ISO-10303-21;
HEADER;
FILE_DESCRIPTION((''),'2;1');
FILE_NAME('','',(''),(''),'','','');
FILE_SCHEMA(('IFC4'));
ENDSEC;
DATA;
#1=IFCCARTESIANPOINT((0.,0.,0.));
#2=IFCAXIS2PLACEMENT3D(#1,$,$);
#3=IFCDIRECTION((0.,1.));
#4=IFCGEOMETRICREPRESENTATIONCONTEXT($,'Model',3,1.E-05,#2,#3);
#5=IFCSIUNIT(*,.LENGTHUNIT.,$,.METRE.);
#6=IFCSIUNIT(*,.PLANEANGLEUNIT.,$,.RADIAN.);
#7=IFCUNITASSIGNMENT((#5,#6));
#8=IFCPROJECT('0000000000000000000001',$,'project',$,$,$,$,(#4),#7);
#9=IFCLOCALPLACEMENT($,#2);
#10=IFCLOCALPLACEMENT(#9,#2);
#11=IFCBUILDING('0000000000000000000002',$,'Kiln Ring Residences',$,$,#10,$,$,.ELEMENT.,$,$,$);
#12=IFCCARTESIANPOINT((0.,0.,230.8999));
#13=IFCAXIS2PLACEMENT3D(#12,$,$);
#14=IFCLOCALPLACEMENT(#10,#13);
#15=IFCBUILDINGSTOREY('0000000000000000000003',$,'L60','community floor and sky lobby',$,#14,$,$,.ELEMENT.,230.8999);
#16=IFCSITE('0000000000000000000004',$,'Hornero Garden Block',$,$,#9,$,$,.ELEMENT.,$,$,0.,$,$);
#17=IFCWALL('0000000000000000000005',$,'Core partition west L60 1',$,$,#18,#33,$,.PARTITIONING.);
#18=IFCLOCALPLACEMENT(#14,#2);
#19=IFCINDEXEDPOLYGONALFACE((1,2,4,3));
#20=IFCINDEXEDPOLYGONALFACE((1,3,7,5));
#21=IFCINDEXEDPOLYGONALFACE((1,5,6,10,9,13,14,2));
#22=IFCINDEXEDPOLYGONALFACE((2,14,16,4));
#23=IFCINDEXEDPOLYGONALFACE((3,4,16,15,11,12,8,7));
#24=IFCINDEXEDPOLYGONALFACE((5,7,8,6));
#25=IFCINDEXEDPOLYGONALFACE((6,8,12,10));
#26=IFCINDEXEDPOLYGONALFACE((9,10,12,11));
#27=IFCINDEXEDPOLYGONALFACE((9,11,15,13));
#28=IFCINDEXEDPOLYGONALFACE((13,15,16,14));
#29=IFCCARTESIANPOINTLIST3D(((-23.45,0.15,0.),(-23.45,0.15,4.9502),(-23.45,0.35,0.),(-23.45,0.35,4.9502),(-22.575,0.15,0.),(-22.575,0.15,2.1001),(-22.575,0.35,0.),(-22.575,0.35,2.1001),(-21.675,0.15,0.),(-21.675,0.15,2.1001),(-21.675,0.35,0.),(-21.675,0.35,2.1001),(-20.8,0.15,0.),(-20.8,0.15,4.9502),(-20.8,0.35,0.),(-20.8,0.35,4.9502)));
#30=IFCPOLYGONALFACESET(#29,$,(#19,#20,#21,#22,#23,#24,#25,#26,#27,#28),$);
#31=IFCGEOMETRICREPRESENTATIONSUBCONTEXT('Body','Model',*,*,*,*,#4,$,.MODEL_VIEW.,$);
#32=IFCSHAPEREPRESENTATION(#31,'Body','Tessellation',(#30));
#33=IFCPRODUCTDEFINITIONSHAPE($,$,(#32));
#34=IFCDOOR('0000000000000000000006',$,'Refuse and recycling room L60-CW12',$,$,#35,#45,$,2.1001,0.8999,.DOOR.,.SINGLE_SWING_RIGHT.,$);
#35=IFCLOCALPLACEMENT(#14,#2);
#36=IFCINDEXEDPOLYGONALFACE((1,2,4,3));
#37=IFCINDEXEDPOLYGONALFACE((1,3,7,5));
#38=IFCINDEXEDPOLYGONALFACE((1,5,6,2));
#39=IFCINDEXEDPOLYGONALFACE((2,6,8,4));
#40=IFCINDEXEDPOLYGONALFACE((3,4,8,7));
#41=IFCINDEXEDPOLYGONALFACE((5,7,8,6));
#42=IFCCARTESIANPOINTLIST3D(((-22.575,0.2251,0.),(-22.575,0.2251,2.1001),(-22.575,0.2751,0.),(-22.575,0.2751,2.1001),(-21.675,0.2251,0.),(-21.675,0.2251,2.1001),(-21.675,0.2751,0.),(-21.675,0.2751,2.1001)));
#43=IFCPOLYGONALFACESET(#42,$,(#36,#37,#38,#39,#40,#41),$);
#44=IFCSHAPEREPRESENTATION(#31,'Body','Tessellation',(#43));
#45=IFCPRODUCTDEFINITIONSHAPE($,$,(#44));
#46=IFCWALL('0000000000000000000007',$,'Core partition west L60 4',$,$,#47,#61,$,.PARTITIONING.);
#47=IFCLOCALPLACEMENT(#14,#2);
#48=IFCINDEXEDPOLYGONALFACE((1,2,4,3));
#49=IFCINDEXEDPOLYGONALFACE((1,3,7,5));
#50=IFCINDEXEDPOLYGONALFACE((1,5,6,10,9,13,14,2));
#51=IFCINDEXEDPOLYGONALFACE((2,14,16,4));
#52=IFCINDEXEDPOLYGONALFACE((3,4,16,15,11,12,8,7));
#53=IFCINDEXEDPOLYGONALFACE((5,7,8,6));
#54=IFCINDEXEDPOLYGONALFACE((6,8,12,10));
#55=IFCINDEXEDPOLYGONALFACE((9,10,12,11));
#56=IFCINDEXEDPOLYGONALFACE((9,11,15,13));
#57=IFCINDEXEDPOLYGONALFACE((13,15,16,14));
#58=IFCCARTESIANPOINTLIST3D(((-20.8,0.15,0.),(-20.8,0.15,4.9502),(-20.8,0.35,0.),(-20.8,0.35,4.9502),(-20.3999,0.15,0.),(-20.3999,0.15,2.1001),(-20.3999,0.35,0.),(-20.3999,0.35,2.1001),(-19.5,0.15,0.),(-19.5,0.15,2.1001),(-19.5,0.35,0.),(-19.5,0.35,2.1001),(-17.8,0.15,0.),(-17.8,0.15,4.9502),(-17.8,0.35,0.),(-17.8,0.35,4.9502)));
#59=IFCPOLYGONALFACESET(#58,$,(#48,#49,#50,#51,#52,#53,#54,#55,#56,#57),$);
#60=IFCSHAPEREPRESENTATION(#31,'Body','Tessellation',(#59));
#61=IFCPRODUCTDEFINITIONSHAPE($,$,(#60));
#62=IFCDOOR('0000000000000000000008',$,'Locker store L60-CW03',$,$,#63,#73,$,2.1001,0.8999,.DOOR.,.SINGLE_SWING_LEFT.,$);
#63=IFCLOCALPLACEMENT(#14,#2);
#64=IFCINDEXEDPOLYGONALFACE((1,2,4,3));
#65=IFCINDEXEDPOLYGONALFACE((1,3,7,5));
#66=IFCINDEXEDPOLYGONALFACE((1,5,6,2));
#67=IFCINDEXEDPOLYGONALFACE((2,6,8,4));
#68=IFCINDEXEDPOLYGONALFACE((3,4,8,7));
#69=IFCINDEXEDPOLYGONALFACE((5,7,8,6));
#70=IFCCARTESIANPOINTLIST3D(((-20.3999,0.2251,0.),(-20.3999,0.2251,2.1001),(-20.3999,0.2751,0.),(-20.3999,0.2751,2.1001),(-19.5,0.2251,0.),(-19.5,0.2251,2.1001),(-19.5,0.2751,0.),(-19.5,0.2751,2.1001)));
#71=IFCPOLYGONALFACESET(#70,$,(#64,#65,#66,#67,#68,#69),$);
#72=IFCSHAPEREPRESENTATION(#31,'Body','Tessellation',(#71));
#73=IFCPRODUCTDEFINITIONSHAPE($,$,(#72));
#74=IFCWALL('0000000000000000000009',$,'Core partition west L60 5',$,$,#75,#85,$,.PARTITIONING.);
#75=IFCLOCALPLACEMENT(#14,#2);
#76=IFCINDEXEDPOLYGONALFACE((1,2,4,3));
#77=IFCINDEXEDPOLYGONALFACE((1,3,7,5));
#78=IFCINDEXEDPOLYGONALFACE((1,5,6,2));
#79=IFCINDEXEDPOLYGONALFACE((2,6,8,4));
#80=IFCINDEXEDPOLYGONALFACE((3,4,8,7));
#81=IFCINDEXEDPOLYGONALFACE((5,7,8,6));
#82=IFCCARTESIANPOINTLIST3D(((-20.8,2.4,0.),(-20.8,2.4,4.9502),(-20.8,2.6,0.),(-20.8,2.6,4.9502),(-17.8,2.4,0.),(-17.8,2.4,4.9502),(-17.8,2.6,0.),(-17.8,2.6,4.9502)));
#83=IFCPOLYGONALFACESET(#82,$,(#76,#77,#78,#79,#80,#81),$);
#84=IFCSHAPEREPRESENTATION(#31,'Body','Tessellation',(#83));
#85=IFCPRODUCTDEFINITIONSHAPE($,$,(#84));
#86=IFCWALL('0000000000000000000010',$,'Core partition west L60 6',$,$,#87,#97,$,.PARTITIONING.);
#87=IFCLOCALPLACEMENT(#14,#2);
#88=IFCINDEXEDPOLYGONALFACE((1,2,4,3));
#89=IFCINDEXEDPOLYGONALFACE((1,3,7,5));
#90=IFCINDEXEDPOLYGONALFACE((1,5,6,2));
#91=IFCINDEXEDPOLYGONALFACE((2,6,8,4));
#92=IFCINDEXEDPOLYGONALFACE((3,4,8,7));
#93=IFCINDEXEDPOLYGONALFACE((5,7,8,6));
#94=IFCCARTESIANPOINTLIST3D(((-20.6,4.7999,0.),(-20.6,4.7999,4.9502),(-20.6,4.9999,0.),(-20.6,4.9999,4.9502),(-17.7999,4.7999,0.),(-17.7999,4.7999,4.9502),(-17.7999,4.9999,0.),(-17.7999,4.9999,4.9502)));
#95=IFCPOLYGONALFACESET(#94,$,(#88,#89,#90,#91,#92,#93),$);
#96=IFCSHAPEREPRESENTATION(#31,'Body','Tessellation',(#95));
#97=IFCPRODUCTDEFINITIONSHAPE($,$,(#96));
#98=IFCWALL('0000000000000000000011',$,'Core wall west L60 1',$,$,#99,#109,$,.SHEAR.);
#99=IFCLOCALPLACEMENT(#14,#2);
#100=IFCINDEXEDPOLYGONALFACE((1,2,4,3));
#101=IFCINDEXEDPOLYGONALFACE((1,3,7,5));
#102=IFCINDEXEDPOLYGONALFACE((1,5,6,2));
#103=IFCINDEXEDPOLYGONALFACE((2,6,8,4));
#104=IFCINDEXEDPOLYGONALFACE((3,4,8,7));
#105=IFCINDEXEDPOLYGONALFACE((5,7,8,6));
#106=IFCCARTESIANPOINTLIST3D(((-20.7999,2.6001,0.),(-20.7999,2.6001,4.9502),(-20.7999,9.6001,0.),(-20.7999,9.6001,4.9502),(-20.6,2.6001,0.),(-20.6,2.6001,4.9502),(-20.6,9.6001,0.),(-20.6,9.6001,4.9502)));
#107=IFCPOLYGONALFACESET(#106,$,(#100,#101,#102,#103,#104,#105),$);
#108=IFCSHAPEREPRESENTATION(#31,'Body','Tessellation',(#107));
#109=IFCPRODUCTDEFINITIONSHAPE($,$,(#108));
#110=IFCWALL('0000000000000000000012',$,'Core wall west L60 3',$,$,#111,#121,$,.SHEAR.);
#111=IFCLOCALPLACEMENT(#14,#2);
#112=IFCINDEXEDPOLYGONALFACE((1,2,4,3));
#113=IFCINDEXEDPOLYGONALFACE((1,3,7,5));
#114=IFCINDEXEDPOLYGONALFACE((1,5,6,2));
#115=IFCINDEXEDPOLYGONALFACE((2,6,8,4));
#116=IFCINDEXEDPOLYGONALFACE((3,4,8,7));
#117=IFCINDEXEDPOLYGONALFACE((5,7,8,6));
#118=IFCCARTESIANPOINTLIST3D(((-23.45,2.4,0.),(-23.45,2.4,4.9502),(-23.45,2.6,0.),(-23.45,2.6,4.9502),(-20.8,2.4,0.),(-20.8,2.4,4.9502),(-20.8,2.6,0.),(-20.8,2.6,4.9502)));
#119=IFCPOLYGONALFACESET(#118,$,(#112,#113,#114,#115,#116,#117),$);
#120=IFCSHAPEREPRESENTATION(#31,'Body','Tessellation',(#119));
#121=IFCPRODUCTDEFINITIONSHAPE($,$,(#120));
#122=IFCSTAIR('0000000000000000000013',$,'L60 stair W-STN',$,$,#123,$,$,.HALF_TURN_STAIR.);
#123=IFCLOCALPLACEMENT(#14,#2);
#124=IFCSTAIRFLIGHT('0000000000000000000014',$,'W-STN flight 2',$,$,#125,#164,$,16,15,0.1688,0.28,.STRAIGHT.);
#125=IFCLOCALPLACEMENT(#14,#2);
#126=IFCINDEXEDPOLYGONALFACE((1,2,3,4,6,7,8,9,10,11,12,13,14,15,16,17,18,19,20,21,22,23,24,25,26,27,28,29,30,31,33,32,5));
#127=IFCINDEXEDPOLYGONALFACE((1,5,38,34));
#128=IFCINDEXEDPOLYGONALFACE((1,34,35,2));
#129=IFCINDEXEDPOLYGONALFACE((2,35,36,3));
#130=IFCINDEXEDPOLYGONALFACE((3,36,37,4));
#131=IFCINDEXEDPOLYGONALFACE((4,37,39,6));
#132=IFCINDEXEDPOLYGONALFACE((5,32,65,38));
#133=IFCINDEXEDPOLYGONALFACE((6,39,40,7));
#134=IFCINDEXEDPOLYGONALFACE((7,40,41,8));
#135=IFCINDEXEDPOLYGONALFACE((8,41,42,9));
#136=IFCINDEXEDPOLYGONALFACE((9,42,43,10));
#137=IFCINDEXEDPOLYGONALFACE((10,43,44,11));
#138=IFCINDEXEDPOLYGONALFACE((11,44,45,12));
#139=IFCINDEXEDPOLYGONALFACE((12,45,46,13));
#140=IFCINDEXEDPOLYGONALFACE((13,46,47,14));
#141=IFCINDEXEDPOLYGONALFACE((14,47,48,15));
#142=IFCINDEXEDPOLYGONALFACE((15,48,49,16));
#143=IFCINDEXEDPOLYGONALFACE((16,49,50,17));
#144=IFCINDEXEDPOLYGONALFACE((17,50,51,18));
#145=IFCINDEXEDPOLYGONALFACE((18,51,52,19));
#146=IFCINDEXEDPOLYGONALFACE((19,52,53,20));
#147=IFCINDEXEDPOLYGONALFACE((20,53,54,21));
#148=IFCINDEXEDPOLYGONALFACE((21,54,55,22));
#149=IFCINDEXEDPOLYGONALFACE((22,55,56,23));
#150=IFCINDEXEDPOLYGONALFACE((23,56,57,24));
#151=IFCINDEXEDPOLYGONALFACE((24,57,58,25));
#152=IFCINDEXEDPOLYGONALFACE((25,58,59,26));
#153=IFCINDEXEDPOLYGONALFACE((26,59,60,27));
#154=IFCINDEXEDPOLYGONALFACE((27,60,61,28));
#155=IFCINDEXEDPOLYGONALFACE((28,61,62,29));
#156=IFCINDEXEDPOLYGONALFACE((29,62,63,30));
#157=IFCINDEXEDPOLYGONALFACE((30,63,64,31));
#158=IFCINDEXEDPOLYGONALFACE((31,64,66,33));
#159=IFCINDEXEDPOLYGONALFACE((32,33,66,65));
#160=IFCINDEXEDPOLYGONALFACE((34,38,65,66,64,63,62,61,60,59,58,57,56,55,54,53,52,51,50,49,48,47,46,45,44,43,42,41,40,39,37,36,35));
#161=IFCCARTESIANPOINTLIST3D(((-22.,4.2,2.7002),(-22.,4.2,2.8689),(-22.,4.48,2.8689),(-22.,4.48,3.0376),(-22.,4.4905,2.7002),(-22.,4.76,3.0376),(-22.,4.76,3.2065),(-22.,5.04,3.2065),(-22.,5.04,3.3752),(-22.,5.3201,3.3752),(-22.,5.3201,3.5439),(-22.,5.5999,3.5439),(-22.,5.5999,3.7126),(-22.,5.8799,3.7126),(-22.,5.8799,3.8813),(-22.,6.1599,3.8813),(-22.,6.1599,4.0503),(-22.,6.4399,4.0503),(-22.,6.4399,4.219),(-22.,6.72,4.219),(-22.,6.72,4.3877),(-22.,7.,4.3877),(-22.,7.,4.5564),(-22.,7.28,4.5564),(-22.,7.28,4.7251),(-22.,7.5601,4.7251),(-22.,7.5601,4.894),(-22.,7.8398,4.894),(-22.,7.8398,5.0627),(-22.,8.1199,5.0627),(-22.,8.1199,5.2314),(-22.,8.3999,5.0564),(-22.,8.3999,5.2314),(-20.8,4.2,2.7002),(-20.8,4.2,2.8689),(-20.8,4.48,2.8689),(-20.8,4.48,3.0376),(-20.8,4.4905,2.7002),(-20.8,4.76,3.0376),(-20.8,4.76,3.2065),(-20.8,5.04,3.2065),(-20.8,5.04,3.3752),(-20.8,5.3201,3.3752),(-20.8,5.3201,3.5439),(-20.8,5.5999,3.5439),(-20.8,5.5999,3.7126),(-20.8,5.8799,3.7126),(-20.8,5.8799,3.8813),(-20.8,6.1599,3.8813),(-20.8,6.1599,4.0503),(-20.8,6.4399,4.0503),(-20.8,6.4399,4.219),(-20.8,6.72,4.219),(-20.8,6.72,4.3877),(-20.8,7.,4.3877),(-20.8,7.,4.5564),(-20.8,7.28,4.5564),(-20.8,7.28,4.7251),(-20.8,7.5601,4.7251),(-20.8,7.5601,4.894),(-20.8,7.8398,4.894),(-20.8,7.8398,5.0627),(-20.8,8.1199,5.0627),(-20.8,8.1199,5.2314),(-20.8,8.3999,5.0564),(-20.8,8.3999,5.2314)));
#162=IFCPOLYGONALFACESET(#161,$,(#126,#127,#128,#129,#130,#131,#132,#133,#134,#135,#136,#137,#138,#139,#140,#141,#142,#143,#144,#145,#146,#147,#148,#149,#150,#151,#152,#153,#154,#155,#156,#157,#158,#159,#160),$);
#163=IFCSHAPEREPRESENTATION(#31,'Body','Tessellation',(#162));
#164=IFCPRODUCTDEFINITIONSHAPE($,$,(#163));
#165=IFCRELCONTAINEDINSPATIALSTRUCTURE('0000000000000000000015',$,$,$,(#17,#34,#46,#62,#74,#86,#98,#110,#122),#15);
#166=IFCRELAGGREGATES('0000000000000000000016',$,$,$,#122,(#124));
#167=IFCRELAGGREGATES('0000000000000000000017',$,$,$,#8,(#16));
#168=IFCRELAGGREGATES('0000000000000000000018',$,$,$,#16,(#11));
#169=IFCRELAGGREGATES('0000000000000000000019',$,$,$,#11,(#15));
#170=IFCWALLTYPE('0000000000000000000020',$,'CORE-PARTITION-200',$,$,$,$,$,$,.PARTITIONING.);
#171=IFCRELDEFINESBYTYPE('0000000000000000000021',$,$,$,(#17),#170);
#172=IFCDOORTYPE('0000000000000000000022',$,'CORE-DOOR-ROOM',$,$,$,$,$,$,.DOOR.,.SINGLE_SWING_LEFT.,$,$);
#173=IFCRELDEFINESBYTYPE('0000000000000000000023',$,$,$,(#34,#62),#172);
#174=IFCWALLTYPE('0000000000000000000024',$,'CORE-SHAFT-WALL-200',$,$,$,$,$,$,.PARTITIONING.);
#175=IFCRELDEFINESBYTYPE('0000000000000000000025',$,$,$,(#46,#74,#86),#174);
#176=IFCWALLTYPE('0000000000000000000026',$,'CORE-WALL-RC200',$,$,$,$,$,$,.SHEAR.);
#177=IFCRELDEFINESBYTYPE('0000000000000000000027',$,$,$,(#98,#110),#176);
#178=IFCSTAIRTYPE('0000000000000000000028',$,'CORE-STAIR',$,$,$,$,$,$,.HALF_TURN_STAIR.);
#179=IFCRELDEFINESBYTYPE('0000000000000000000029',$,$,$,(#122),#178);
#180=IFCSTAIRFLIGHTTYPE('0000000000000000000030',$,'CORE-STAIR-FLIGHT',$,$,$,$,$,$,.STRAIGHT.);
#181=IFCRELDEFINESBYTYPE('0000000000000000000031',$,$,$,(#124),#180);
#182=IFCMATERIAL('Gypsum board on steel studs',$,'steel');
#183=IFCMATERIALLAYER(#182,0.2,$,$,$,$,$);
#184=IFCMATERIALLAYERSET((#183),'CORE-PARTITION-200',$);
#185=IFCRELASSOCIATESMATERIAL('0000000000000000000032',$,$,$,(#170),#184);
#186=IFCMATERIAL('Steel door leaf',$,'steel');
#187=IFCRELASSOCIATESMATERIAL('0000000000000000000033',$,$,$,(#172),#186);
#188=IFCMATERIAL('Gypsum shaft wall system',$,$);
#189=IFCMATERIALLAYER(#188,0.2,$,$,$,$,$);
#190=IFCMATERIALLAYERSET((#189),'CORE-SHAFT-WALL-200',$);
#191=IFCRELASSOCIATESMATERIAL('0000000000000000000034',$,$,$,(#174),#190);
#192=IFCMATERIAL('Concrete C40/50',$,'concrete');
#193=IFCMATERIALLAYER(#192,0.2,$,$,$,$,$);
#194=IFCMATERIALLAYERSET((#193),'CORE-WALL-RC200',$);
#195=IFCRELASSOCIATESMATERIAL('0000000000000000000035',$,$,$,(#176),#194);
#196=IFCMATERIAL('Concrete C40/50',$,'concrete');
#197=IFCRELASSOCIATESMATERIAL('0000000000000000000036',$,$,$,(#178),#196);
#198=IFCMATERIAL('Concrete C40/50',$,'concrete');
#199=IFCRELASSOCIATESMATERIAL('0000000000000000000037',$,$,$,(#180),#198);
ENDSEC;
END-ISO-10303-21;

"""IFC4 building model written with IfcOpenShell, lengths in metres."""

from ifc_helpers import new_model, si_unit, direction, frame, frame_2d, origin, place, context, subcontext, project, spatial, polyline, rectangle, outline, extrude, material, layer, layer_set, type_object, element, fill, aggregate, save


model = new_model("IFC4")

# Units and contexts
model_context = context("Model", 3, precision=1e-05, world=origin(), true_north=direction((0.0, 1.0)))
body_context = subcontext(model_context, "Body", "Model", "MODEL_VIEW")
ifc_project = project(units=[si_unit("LENGTHUNIT", "METRE"), si_unit("PLANEANGLEUNIT", "RADIAN")], contexts=[model_context])

# Site, building, storey
site_placement = place(None, origin())
site = spatial("IfcSite", under=ifc_project, at=site_placement, Name="Hornero Garden Block", CompositionType="ELEMENT", RefElevation=0.0)
building_placement = place(site_placement, origin())
building = spatial("IfcBuilding", under=site, at=building_placement, Name="Kiln Ring Residences", CompositionType="ELEMENT")
storey_placement = place(building_placement, frame((0.0, 0.0, 230.8999)))
storey = spatial("IfcBuildingStorey", under=building, at=storey_placement, Name="L60", Description="community floor and sky lobby", CompositionType="ELEMENT", Elevation=230.8999)

# Shared definitions
placement = place(storey_placement, origin())

# Walls, openings, doors
ifc_material_1 = material(Name="Gypsum board on steel studs", Category="steel")
ifc_layer_1 = layer(ifc_material_1, 0.2)
ifc_layer_set_1 = layer_set([ifc_layer_1], Name="CORE-PARTITION-200")
wall_type_1 = type_object("IfcWallType", Name="CORE-PARTITION-200", PredefinedType="PARTITIONING", material=ifc_layer_set_1)
wall_1_placement = place(storey_placement, frame((-20.8, 0.25, 0.0), z_axis=(0.0, 0.0, 1.0), x_axis=(-1.0, 0.0, 0.0)))
wall_1 = element("IfcWall", 1, at=wall_1_placement, inside=storey, type_object=wall_type_1, Name="Core partition west L60 1", PredefinedType="PARTITIONING", context=body_context, shape_type="SweptSolid", body=[
    extrude(rectangle(XDim=2.6499, YDim=0.2, at=frame_2d((1.325, 0.0))), origin(), (0.0, 0.0, 1.0), 4.9502),
])
opening_1_placement = place(wall_1_placement, frame((0.875, 0.0, 0.0)))
opening_1 = element("IfcOpeningElement", 2, at=opening_1_placement, cuts=wall_1, PredefinedType="OPENING", context=body_context, shape_type="SweptSolid", body=[
    extrude(rectangle(XDim=0.8999, YDim=2.1001, at=frame_2d((0.45, 1.05))), frame((0.0, 0.1099, 0.0), z_axis=(0.0, -1.0, 0.0), x_axis=(1.0, 0.0, 0.0)), (0.0, 0.0, 1.0), 0.22),
])
ifc_material_2 = material(Name="Steel door leaf", Category="steel")
door_type = type_object("IfcDoorType", Name="CORE-DOOR-ROOM", OperationType="SINGLE_SWING_LEFT", PredefinedType="DOOR", material=ifc_material_2)
door_1_placement = place(opening_1_placement, origin())
door_1 = element("IfcDoor", 3, at=door_1_placement, inside=storey, type_object=door_type, Name="Refuse and recycling room L60-CW12", OperationType="SINGLE_SWING_RIGHT", OverallHeight=2.1001, OverallWidth=0.8999, PredefinedType="DOOR", context=body_context, shape_type="SweptSolid", body=[
    extrude(rectangle(XDim=0.8999, YDim=2.1001, at=frame_2d((0.45, 1.05))), frame((0.0, 0.0249, 0.0), z_axis=(0.0, -1.0, 0.0), x_axis=(1.0, 0.0, 0.0)), (0.0, 0.0, 1.0), 0.05),
])
fill(opening_1, door_1)
ifc_material_3 = material(Name="Gypsum shaft wall system")
ifc_layer_2 = layer(ifc_material_3, 0.2)
ifc_layer_set_2 = layer_set([ifc_layer_2], Name="CORE-SHAFT-WALL-200")
wall_type_2 = type_object("IfcWallType", Name="CORE-SHAFT-WALL-200", PredefinedType="PARTITIONING", material=ifc_layer_set_2)
wall_2_placement = place(storey_placement, frame((-17.8, 0.25, 0.0), z_axis=(0.0, 0.0, 1.0), x_axis=(-1.0, 0.0, 0.0)))
wall_2 = element("IfcWall", 4, at=wall_2_placement, inside=storey, type_object=wall_type_2, Name="Core partition west L60 4", PredefinedType="PARTITIONING", context=body_context, shape_type="SweptSolid", body=[
    extrude(rectangle(XDim=3.0, YDim=0.2, at=frame_2d((1.5, 0.0))), origin(), (0.0, 0.0, 1.0), 4.9502),
])
opening_2_placement = place(wall_2_placement, frame((1.7, 0.0, 0.0)))
opening_2 = element("IfcOpeningElement", 5, at=opening_2_placement, cuts=wall_2, PredefinedType="OPENING", context=body_context, shape_type="SweptSolid", body=[
    extrude(rectangle(XDim=0.8999, YDim=2.1001, at=frame_2d((0.45, 1.05))), frame((0.0, 0.1099, 0.0), z_axis=(0.0, -1.0, 0.0), x_axis=(1.0, 0.0, 0.0)), (0.0, 0.0, 1.0), 0.22),
])
door_2_placement = place(opening_2_placement, origin())
door_2 = element("IfcDoor", 6, at=door_2_placement, inside=storey, type_object=door_type, Name="Locker store L60-CW03", OperationType="SINGLE_SWING_LEFT", OverallHeight=2.1001, OverallWidth=0.8999, PredefinedType="DOOR", context=body_context, shape_type="SweptSolid", body=[
    extrude(rectangle(XDim=0.8999, YDim=2.1001, at=frame_2d((0.45, 1.05))), frame((0.0, 0.0249, 0.0), z_axis=(0.0, -1.0, 0.0), x_axis=(1.0, 0.0, 0.0)), (0.0, 0.0, 1.0), 0.05),
])
fill(opening_2, door_2)

# Walls
wall_3_placement = place(storey_placement, frame((-17.8, 2.5, 0.0), z_axis=(0.0, 0.0, 1.0), x_axis=(-1.0, 0.0, 0.0)))
element("IfcWall", 7, at=wall_3_placement, inside=storey, type_object=wall_type_2, Name="Core partition west L60 5", PredefinedType="PARTITIONING", context=body_context, shape_type="SweptSolid", body=[
    extrude(rectangle(XDim=3.0, YDim=0.2, at=frame_2d((1.5, 0.0))), origin(), (0.0, 0.0, 1.0), 4.9502),
])
wall_4_placement = place(storey_placement, frame((-17.8, 4.8999, 0.0), z_axis=(0.0, 0.0, 1.0), x_axis=(-1.0, 0.0, 0.0)))
element("IfcWall", 8, at=wall_4_placement, inside=storey, type_object=wall_type_2, Name="Core partition west L60 6", PredefinedType="PARTITIONING", context=body_context, shape_type="SweptSolid", body=[
    extrude(rectangle(XDim=2.8, YDim=0.2, at=frame_2d((1.3999, 0.0))), origin(), (0.0, 0.0, 1.0), 4.9502),
])
ifc_material_4 = material(Name="Concrete C40/50", Category="concrete")
ifc_layer_3 = layer(ifc_material_4, 0.2)
ifc_layer_set_3 = layer_set([ifc_layer_3], Name="CORE-WALL-RC200")
wall_type_3 = type_object("IfcWallType", Name="CORE-WALL-RC200", PredefinedType="SHEAR", material=ifc_layer_set_3)
wall_5_placement = place(storey_placement, frame((-20.7, 2.6001, 0.0), z_axis=(0.0, 0.0, 1.0), x_axis=(0.0, 1.0, 0.0)))
element("IfcWall", 9, at=wall_5_placement, inside=storey, type_object=wall_type_3, Name="Core wall west L60 1", PredefinedType="SHEAR", context=body_context, shape_type="SweptSolid", body=[
    extrude(rectangle(XDim=7.0, YDim=0.2, at=frame_2d((3.5, 0.0))), origin(), (0.0, 0.0, 1.0), 4.9502),
])
wall_6_placement = place(storey_placement, frame((-20.8, 2.5, 0.0), z_axis=(0.0, 0.0, 1.0), x_axis=(-1.0, 0.0, 0.0)))
element("IfcWall", 10, at=wall_6_placement, inside=storey, type_object=wall_type_3, Name="Core wall west L60 3", PredefinedType="SHEAR", context=body_context, shape_type="SweptSolid", body=[
    extrude(rectangle(XDim=2.6499, YDim=0.2, at=frame_2d((1.325, 0.0))), origin(), (0.0, 0.0, 1.0), 4.9502),
])

# Stair, stair flight
ifc_material_5 = material(Name="Concrete C40/50", Category="concrete")
stair_type = type_object("IfcStairType", Name="CORE-STAIR", PredefinedType="HALF_TURN_STAIR", material=ifc_material_5)
stair = element("IfcStair", 11, at=placement, inside=storey, type_object=stair_type, Name="L60 stair W-STN", PredefinedType="HALF_TURN_STAIR")
ifc_material_6 = material(Name="Concrete C40/50", Category="concrete")
stair_flight_type = type_object("IfcStairFlightType", Name="CORE-STAIR-FLIGHT", PredefinedType="STRAIGHT", material=ifc_material_6)
stair_flight_placement = place(storey_placement, frame((-21.3999, 4.2, 2.7002), z_axis=(0.0, 0.0, 1.0), x_axis=(0.0, 1.0, 0.0)))
stair_flight = element("IfcStairFlight", 12, at=stair_flight_placement, type_object=stair_flight_type, Name="W-STN flight 2", NumberOfRisers=16, NumberOfTreads=15, PredefinedType="STRAIGHT", RiserHeight=0.1688, TreadLength=0.28, context=body_context, shape_type="SweptSolid", body=[
    extrude(outline(polyline([(0.0, 0.0), (0.0, 0.1687), (0.28, 0.1687), (0.28, 0.3374), (0.5601, 0.3374), (0.5601, 0.5063), (0.8401, 0.5063), (0.8401, 0.675), (1.1201, 0.675), (1.1201, 0.8438), (1.3999, 0.8438), (1.3999, 1.0125), (1.6799, 1.0125), (1.6799, 1.1812), (1.96, 1.1812), (1.96, 1.3501), (2.24, 1.3501), (2.24, 1.5188), (2.52, 1.5188), (2.52, 1.6875), (2.8, 1.6875), (2.8, 1.8562), (3.0801, 1.8562), (3.0801, 2.0249), (3.3601, 2.0249), (3.3601, 2.1938), (3.6399, 2.1938), (3.6399, 2.3625), (3.9199, 2.3625), (3.9199, 2.5312), (4.2, 2.5312), (4.2, 2.7), (4.2, 2.3562), (0.2905, 0.0), (0.0, 0.0)])), frame((0.0, 0.6001, 0.0), z_axis=(0.0, -1.0, 0.0), x_axis=(1.0, 0.0, 0.0)), (0.0, 0.0, 1.0), 1.2),
])
aggregate(stair, [stair_flight])

save(model, "model.ifc")
